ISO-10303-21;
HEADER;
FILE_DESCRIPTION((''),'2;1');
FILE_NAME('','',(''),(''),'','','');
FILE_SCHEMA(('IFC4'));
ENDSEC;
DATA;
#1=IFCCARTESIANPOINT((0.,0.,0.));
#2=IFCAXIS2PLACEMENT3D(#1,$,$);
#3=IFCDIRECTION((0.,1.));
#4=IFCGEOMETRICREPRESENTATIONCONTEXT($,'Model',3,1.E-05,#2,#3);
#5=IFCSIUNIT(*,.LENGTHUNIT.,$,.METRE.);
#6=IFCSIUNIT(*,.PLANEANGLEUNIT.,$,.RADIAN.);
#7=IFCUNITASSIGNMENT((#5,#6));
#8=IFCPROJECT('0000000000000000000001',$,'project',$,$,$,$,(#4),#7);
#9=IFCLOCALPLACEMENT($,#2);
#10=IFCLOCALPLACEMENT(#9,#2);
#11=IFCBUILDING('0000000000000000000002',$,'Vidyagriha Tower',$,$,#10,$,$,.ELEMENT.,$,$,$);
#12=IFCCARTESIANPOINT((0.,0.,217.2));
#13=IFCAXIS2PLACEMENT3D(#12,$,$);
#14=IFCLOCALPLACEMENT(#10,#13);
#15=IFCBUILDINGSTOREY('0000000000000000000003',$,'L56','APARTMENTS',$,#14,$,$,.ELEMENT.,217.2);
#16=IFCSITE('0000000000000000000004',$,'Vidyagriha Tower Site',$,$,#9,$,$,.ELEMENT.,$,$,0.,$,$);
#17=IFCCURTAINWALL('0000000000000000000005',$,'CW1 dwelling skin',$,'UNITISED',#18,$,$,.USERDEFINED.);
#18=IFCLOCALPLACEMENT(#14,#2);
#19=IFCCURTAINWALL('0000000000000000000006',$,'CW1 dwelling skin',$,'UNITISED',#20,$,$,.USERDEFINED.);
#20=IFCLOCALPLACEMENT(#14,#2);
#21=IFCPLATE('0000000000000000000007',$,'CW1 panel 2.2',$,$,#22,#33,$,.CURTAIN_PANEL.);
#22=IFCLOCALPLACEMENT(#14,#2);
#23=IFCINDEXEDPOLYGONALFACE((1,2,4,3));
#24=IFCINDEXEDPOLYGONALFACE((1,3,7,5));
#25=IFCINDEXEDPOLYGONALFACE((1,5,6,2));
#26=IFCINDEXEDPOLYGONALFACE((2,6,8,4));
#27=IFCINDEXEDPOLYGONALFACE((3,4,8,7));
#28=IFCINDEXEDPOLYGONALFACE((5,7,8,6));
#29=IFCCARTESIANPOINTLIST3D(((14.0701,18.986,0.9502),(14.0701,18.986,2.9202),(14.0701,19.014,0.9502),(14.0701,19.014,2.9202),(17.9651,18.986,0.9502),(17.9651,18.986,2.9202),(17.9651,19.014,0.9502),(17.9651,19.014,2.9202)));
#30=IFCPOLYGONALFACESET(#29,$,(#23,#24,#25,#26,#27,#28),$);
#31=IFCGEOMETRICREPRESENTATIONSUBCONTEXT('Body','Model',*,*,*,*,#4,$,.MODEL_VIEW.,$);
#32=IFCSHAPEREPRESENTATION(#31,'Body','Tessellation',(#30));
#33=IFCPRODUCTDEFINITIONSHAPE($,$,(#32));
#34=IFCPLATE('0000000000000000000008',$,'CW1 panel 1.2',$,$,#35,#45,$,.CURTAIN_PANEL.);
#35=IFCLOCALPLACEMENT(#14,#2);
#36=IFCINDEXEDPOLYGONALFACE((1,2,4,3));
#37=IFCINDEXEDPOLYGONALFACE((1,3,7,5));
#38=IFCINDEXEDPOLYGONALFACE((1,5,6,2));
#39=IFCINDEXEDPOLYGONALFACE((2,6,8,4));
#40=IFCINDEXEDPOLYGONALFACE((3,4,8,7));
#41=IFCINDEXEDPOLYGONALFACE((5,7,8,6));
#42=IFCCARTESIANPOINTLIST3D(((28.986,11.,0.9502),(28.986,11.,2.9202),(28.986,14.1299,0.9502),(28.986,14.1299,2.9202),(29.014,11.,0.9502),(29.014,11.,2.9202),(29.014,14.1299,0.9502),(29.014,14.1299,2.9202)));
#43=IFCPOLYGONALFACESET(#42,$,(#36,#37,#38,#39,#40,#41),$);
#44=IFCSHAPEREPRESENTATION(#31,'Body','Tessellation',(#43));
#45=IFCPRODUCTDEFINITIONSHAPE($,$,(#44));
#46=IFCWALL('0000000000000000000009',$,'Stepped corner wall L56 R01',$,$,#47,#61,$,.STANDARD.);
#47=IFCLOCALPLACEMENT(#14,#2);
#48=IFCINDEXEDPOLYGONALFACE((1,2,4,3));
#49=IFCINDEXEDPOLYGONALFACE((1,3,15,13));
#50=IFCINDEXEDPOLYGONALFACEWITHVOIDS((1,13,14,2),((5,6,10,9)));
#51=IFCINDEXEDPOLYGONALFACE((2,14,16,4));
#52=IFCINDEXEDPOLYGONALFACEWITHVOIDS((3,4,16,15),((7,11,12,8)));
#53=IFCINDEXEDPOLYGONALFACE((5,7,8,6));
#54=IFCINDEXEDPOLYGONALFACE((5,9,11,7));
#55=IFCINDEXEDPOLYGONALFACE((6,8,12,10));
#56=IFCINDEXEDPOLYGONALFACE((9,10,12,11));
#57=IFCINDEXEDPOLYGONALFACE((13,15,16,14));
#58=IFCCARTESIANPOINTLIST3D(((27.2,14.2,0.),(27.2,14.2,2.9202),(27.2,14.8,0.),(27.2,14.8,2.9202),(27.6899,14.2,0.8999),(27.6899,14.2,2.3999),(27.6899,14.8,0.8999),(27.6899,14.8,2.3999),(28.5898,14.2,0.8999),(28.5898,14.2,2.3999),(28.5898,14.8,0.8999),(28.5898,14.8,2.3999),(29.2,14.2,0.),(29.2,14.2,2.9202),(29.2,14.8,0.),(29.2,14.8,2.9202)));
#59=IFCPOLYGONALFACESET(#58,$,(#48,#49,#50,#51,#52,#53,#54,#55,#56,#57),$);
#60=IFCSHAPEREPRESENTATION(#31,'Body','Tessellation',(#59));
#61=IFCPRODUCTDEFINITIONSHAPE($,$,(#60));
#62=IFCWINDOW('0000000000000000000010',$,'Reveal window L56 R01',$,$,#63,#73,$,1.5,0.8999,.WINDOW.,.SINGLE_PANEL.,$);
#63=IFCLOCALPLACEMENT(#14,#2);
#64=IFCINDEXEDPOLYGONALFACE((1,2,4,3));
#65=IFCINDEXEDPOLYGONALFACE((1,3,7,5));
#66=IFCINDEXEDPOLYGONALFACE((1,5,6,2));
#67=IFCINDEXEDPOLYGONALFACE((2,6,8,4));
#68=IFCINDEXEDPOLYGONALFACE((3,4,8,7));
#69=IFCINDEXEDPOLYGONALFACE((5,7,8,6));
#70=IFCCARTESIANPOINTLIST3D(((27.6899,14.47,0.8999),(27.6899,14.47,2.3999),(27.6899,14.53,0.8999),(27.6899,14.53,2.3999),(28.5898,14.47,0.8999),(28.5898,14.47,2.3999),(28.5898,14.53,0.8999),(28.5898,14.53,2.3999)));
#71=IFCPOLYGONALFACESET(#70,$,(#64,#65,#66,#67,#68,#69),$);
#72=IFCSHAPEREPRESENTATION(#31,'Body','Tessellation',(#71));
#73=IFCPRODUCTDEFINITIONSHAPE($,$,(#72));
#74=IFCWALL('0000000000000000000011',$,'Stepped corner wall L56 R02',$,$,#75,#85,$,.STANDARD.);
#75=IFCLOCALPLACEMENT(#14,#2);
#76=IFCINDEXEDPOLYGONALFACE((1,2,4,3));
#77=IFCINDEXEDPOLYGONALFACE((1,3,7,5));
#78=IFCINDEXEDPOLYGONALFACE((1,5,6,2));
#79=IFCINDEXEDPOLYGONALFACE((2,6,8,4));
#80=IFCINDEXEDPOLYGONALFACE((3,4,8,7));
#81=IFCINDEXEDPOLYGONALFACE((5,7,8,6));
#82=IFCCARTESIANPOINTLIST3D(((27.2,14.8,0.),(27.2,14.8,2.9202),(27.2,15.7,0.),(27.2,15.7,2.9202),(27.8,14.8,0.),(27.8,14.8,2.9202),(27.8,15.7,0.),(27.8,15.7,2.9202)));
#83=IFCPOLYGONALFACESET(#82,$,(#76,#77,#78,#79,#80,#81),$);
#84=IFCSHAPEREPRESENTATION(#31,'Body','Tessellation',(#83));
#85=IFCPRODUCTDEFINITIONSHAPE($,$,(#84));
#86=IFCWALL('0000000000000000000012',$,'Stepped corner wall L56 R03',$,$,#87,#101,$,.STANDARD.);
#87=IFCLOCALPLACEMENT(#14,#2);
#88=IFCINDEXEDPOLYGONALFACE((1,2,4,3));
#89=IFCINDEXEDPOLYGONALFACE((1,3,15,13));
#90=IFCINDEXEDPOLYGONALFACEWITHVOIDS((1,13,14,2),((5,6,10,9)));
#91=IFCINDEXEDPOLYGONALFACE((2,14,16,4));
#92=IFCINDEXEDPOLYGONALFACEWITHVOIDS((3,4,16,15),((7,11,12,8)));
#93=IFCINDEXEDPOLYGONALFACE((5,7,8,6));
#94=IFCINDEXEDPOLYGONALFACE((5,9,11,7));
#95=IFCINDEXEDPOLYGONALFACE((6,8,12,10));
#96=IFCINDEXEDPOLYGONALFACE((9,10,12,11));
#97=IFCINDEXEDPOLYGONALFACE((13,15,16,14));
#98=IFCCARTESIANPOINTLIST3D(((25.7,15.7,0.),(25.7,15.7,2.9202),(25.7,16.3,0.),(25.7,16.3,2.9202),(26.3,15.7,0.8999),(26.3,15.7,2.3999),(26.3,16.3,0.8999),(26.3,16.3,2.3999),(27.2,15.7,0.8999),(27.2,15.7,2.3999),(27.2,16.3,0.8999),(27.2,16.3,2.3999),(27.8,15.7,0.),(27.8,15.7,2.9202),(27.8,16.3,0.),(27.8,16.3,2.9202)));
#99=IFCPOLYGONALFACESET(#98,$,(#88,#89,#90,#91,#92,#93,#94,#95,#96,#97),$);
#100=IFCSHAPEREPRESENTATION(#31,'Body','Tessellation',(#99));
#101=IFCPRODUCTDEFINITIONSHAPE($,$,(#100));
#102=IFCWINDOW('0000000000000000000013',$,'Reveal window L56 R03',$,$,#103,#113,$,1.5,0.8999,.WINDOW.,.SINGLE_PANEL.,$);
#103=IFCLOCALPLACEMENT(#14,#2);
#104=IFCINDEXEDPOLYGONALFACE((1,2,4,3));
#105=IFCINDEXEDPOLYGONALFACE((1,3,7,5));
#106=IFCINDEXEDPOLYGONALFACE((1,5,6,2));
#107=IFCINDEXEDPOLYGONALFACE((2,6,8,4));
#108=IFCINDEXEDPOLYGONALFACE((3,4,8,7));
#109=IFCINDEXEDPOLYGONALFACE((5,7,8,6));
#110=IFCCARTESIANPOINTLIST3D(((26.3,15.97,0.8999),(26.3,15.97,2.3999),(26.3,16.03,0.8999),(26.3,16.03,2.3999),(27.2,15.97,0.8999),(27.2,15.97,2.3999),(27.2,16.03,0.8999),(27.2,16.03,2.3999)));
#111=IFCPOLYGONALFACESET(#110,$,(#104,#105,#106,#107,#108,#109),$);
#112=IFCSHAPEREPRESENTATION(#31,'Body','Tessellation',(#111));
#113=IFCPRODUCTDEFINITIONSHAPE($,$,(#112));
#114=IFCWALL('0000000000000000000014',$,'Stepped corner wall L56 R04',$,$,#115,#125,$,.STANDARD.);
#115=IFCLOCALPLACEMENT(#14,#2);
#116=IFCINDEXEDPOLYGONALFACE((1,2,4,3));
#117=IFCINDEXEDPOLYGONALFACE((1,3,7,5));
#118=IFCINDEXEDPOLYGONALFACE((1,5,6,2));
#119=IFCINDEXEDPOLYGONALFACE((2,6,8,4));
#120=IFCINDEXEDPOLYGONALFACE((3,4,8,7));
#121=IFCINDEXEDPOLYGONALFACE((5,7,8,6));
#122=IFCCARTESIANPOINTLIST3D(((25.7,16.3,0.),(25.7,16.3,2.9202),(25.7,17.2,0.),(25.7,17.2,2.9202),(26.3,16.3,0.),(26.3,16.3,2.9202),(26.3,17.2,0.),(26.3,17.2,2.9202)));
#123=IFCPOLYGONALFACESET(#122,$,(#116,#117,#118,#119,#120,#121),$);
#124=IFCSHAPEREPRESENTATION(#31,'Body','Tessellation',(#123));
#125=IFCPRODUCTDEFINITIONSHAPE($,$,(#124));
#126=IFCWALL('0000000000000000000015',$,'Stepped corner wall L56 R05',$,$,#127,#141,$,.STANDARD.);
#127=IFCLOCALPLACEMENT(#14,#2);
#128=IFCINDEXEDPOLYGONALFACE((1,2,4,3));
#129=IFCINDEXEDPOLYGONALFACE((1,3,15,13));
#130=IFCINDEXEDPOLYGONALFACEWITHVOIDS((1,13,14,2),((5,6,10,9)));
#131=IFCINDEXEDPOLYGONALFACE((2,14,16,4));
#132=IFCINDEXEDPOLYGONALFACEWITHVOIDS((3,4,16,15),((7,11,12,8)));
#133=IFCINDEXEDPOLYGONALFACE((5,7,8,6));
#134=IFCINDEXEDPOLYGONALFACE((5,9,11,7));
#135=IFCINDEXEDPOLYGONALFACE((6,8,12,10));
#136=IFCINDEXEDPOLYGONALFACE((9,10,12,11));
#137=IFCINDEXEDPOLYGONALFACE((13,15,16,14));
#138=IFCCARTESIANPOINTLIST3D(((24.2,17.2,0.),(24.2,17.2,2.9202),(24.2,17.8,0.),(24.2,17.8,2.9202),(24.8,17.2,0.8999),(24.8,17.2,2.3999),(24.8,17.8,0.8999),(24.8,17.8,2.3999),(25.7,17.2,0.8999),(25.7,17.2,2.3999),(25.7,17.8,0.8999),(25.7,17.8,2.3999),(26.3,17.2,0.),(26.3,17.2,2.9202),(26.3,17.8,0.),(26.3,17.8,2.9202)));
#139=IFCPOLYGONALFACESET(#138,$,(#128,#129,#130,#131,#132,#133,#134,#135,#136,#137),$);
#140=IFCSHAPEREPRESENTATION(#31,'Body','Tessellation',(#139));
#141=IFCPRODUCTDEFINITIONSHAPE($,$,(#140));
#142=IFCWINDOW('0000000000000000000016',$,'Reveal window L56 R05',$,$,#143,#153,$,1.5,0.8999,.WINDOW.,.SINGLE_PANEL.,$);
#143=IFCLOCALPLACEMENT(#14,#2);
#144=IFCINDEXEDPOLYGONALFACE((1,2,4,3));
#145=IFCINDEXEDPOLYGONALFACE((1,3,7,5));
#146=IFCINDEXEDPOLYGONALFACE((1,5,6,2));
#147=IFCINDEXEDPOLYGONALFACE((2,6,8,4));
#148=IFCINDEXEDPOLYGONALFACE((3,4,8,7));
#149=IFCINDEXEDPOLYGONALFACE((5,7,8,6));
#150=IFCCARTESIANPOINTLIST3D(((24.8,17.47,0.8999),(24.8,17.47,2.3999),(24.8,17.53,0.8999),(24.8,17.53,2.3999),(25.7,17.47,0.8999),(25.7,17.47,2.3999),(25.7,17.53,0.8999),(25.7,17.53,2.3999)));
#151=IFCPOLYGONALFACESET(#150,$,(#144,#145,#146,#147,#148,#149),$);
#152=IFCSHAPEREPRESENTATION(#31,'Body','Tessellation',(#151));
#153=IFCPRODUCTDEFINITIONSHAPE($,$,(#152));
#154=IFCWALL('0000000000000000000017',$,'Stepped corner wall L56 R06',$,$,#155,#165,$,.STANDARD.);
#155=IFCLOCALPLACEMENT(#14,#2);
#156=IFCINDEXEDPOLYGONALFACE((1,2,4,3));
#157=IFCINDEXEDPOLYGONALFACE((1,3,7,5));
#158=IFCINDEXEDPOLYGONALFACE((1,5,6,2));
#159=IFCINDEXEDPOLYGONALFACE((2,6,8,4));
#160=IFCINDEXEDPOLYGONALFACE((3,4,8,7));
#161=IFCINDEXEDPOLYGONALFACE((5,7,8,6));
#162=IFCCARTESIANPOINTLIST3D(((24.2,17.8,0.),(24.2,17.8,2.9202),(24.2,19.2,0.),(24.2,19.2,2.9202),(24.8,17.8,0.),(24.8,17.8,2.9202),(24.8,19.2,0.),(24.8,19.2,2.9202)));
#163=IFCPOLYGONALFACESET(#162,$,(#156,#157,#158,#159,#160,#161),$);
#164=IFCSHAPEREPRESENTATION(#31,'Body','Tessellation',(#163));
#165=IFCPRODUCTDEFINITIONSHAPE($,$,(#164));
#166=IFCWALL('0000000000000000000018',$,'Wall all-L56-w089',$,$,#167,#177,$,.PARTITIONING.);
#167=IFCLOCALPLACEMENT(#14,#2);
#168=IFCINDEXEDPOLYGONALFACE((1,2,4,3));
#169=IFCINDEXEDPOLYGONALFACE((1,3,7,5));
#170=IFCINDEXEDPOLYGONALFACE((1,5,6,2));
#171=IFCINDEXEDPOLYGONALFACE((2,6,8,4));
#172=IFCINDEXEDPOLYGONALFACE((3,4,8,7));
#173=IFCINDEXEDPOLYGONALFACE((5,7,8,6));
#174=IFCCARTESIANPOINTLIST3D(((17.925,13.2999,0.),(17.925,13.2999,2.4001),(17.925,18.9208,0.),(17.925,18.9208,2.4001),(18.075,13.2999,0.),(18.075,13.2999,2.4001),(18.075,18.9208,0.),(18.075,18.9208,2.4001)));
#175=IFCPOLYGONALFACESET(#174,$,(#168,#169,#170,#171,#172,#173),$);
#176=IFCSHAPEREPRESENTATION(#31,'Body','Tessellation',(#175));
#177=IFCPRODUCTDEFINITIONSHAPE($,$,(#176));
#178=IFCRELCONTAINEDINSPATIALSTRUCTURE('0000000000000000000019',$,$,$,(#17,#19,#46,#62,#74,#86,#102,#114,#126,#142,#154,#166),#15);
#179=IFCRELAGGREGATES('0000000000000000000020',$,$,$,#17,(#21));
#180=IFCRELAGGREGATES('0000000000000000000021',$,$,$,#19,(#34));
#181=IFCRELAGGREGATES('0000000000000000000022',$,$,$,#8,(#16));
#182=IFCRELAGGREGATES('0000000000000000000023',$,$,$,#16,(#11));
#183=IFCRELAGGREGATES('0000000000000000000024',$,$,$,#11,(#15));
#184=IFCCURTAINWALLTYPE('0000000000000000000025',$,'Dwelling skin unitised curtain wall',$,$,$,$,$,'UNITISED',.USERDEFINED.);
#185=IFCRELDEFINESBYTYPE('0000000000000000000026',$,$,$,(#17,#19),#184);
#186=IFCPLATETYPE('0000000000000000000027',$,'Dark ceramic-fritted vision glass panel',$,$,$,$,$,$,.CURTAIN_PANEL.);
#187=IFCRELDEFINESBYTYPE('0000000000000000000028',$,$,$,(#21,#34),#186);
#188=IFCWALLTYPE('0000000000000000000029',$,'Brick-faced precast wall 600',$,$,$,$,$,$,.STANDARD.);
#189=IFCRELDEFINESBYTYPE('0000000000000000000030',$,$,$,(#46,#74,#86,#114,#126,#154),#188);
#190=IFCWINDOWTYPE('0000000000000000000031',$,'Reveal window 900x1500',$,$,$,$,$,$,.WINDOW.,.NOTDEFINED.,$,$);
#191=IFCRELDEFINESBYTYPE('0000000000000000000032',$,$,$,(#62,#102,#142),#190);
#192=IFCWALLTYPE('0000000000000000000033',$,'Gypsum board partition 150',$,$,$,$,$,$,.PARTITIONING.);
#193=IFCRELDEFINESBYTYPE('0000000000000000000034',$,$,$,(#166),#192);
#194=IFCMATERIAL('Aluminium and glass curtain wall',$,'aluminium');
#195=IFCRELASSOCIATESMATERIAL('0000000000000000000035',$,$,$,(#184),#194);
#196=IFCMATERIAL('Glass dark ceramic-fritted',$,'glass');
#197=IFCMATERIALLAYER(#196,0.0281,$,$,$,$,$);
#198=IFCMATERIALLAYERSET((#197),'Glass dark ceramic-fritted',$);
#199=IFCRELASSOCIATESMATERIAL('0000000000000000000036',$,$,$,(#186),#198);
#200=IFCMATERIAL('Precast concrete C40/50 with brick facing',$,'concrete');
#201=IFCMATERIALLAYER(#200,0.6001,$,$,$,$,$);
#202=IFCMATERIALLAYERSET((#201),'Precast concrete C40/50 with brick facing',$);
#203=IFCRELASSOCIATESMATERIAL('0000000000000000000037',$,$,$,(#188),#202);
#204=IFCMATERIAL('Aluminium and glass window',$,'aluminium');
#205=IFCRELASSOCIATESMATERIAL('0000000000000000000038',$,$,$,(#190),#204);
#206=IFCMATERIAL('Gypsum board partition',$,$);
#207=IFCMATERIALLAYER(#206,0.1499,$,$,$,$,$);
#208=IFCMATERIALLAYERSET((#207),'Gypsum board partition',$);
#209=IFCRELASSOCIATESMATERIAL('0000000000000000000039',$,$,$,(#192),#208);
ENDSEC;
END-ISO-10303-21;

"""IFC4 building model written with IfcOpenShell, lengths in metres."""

from ifc_helpers import new_model, si_unit, direction, frame, frame_2d, origin, origin_2d, place, context, subcontext, project, spatial, rectangle, extrude, material, layer, layer_set, type_object, element, fill, aggregate, save


model = new_model("IFC4")

# Units and contexts
model_context = context("Model", 3, precision=1e-05, world=origin(), true_north=direction((0.0, 1.0)))
body_context = subcontext(model_context, "Body", "Model", "MODEL_VIEW")
ifc_project = project(units=[si_unit("LENGTHUNIT", "METRE"), si_unit("PLANEANGLEUNIT", "RADIAN")], contexts=[model_context])

# Site, building, storey
site_placement = place(None, origin())
site = spatial("IfcSite", under=ifc_project, at=site_placement, Name="Vidyagriha Tower Site", CompositionType="ELEMENT", RefElevation=0.0)
building_placement = place(site_placement, origin())
building = spatial("IfcBuilding", under=site, at=building_placement, Name="Vidyagriha Tower", CompositionType="ELEMENT")
storey_placement = place(building_placement, frame((0.0, 0.0, 217.2)))
storey = spatial("IfcBuildingStorey", under=building, at=storey_placement, Name="L56", Description="APARTMENTS", CompositionType="ELEMENT", Elevation=217.2)

# Curtain wall
ifc_material_1 = material(Name="Aluminium and glass curtain wall", Category="aluminium")
curtain_wall_type = type_object("IfcCurtainWallType", Name="Dwelling skin unitised curtain wall", ElementType="UNITISED", PredefinedType="USERDEFINED", material=ifc_material_1)
curtain_wall_1_placement = place(storey_placement, origin())
curtain_wall_1 = element("IfcCurtainWall", 1, at=curtain_wall_1_placement, inside=storey, type_object=curtain_wall_type, Name="CW1 dwelling skin", ObjectType="UNITISED", PredefinedType="USERDEFINED")

# Curtain wall
curtain_wall_2_placement = place(storey_placement, origin())
curtain_wall_2 = element("IfcCurtainWall", 2, at=curtain_wall_2_placement, inside=storey, type_object=curtain_wall_type, Name="CW1 dwelling skin", ObjectType="UNITISED", PredefinedType="USERDEFINED")

# Plates
ifc_material_2 = material(Name="Glass dark ceramic-fritted", Category="glass")
ifc_layer_1 = layer(ifc_material_2, 0.0281)
ifc_layer_set_1 = layer_set([ifc_layer_1], Name="Glass dark ceramic-fritted")
plate_type_1 = type_object("IfcPlateType", Name="Dark ceramic-fritted vision glass panel", PredefinedType="CURTAIN_PANEL", material=ifc_layer_set_1)
plate_1_placement = place(storey_placement, frame((16.0176, 19.0, 0.9502), z_axis=(0.0, 0.0, 1.0), x_axis=(-1.0, 0.0, 0.0)))
plate_1 = element("IfcPlate", 3, at=plate_1_placement, type_object=plate_type_1, Name="CW1 panel 2.2", PredefinedType="CURTAIN_PANEL", context=body_context, shape_type="SweptSolid", body=[
    extrude(rectangle(XDim=3.895, YDim=0.0281, at=origin_2d()), origin(), (0.0, 0.0, 1.0), 1.97),
])
aggregate(curtain_wall_1, [plate_1])
plate_2_placement = place(storey_placement, frame((29.0, 12.5649, 0.9502), z_axis=(0.0, 0.0, 1.0), x_axis=(0.0, 1.0, 0.0)))
plate_2 = element("IfcPlate", 4, at=plate_2_placement, type_object=plate_type_1, Name="CW1 panel 1.2", PredefinedType="CURTAIN_PANEL", context=body_context, shape_type="SweptSolid", body=[
    extrude(rectangle(XDim=3.1299, YDim=0.0281, at=origin_2d()), origin(), (0.0, 0.0, 1.0), 1.97),
])
aggregate(curtain_wall_2, [plate_2])

# Wall, opening, window
ifc_material_3 = material(Name="Precast concrete C40/50 with brick facing", Category="concrete")
ifc_layer_2 = layer(ifc_material_3, 0.6001)
ifc_layer_set_2 = layer_set([ifc_layer_2], Name="Precast concrete C40/50 with brick facing")
wall_type_1 = type_object("IfcWallType", Name="Brick-faced precast wall 600", PredefinedType="STANDARD", material=ifc_layer_set_2)
wall_1_placement = place(storey_placement, frame((29.2, 14.5, 0.0), z_axis=(0.0, 0.0, 1.0), x_axis=(-1.0, 0.0, 0.0)))
wall_1 = element("IfcWall", 5, at=wall_1_placement, inside=storey, type_object=wall_type_1, Name="Stepped corner wall L56 R01", PredefinedType="STANDARD", context=body_context, shape_type="SweptSolid", body=[
    extrude(rectangle(XDim=2.0, YDim=0.6001, at=frame_2d((1.0, 0.0))), origin(), (0.0, 0.0, 1.0), 2.9202),
])
opening_1_placement = place(wall_1_placement, frame((0.6101, 0.0, 0.8999)))
opening_1 = element("IfcOpeningElement", 6, at=opening_1_placement, cuts=wall_1, PredefinedType="OPENING", context=body_context, shape_type="SweptSolid", body=[
    extrude(rectangle(XDim=0.8999, YDim=1.5, at=frame_2d((0.45, 0.75))), frame((0.0, 0.3101, 0.0), z_axis=(0.0, -1.0, 0.0), x_axis=(1.0, 0.0, 0.0)), (0.0, 0.0, 1.0), 0.6201),
])
ifc_material_4 = material(Name="Aluminium and glass window", Category="aluminium")
window_type = type_object("IfcWindowType", Name="Reveal window 900x1500", PartitioningType="NOTDEFINED", PredefinedType="WINDOW", material=ifc_material_4)
window_1_placement = place(opening_1_placement, origin())
window_1 = element("IfcWindow", 7, at=window_1_placement, inside=storey, type_object=window_type, Name="Reveal window L56 R01", OverallHeight=1.5, OverallWidth=0.8999, PartitioningType="SINGLE_PANEL", PredefinedType="WINDOW", context=body_context, shape_type="SweptSolid", body=[
    extrude(rectangle(XDim=0.8999, YDim=1.5, at=frame_2d((0.45, 0.75))), frame((0.0, 0.03, 0.0), z_axis=(0.0, -1.0, 0.0), x_axis=(1.0, 0.0, 0.0)), (0.0, 0.0, 1.0), 0.0601),
])
fill(opening_1, window_1)

# Wall
wall_2_placement = place(storey_placement, frame((27.5, 14.8, 0.0), z_axis=(0.0, 0.0, 1.0), x_axis=(0.0, 1.0, 0.0)))
element("IfcWall", 8, at=wall_2_placement, inside=storey, type_object=wall_type_1, Name="Stepped corner wall L56 R02", PredefinedType="STANDARD", context=body_context, shape_type="SweptSolid", body=[
    extrude(rectangle(XDim=0.8999, YDim=0.6001, at=frame_2d((0.45, 0.0))), origin(), (0.0, 0.0, 1.0), 2.9202),
])

# Wall, opening, window
wall_3_placement = place(storey_placement, frame((27.8, 16.0, 0.0), z_axis=(0.0, 0.0, 1.0), x_axis=(-1.0, 0.0, 0.0)))
wall_3 = element("IfcWall", 9, at=wall_3_placement, inside=storey, type_object=wall_type_1, Name="Stepped corner wall L56 R03", PredefinedType="STANDARD", context=body_context, shape_type="SweptSolid", body=[
    extrude(rectangle(XDim=2.1001, YDim=0.6001, at=frame_2d((1.05, 0.0))), origin(), (0.0, 0.0, 1.0), 2.9202),
])
opening_2_placement = place(wall_3_placement, frame((0.6001, 0.0, 0.8999)))
opening_2 = element("IfcOpeningElement", 10, at=opening_2_placement, cuts=wall_3, PredefinedType="OPENING", context=body_context, shape_type="SweptSolid", body=[
    extrude(rectangle(XDim=0.8999, YDim=1.5, at=frame_2d((0.45, 0.75))), frame((0.0, 0.3101, 0.0), z_axis=(0.0, -1.0, 0.0), x_axis=(1.0, 0.0, 0.0)), (0.0, 0.0, 1.0), 0.6201),
])
window_2_placement = place(opening_2_placement, origin())
window_2 = element("IfcWindow", 11, at=window_2_placement, inside=storey, type_object=window_type, Name="Reveal window L56 R03", OverallHeight=1.5, OverallWidth=0.8999, PartitioningType="SINGLE_PANEL", PredefinedType="WINDOW", context=body_context, shape_type="SweptSolid", body=[
    extrude(rectangle(XDim=0.8999, YDim=1.5, at=frame_2d((0.45, 0.75))), frame((0.0, 0.03, 0.0), z_axis=(0.0, -1.0, 0.0), x_axis=(1.0, 0.0, 0.0)), (0.0, 0.0, 1.0), 0.0601),
])
fill(opening_2, window_2)

# Wall
wall_4_placement = place(storey_placement, frame((26.0, 16.3, 0.0), z_axis=(0.0, 0.0, 1.0), x_axis=(0.0, 1.0, 0.0)))
element("IfcWall", 12, at=wall_4_placement, inside=storey, type_object=wall_type_1, Name="Stepped corner wall L56 R04", PredefinedType="STANDARD", context=body_context, shape_type="SweptSolid", body=[
    extrude(rectangle(XDim=0.8999, YDim=0.6001, at=frame_2d((0.45, 0.0))), origin(), (0.0, 0.0, 1.0), 2.9202),
])

# Wall, opening, window
wall_5_placement = place(storey_placement, frame((26.3, 17.5, 0.0), z_axis=(0.0, 0.0, 1.0), x_axis=(-1.0, 0.0, 0.0)))
wall_5 = element("IfcWall", 13, at=wall_5_placement, inside=storey, type_object=wall_type_1, Name="Stepped corner wall L56 R05", PredefinedType="STANDARD", context=body_context, shape_type="SweptSolid", body=[
    extrude(rectangle(XDim=2.1001, YDim=0.6001, at=frame_2d((1.05, 0.0))), origin(), (0.0, 0.0, 1.0), 2.9202),
])
opening_3_placement = place(wall_5_placement, frame((0.6001, 0.0, 0.8999)))
opening_3 = element("IfcOpeningElement", 14, at=opening_3_placement, cuts=wall_5, PredefinedType="OPENING", context=body_context, shape_type="SweptSolid", body=[
    extrude(rectangle(XDim=0.8999, YDim=1.5, at=frame_2d((0.45, 0.75))), frame((0.0, 0.3101, 0.0), z_axis=(0.0, -1.0, 0.0), x_axis=(1.0, 0.0, 0.0)), (0.0, 0.0, 1.0), 0.6201),
])
window_3_placement = place(opening_3_placement, origin())
window_3 = element("IfcWindow", 15, at=window_3_placement, inside=storey, type_object=window_type, Name="Reveal window L56 R05", OverallHeight=1.5, OverallWidth=0.8999, PartitioningType="SINGLE_PANEL", PredefinedType="WINDOW", context=body_context, shape_type="SweptSolid", body=[
    extrude(rectangle(XDim=0.8999, YDim=1.5, at=frame_2d((0.45, 0.75))), frame((0.0, 0.03, 0.0), z_axis=(0.0, -1.0, 0.0), x_axis=(1.0, 0.0, 0.0)), (0.0, 0.0, 1.0), 0.0601),
])
fill(opening_3, window_3)

# Walls
wall_6_placement = place(storey_placement, frame((24.5, 17.8, 0.0), z_axis=(0.0, 0.0, 1.0), x_axis=(0.0, 1.0, 0.0)))
element("IfcWall", 16, at=wall_6_placement, inside=storey, type_object=wall_type_1, Name="Stepped corner wall L56 R06", PredefinedType="STANDARD", context=body_context, shape_type="SweptSolid", body=[
    extrude(rectangle(XDim=1.3999, YDim=0.6001, at=frame_2d((0.7, 0.0))), origin(), (0.0, 0.0, 1.0), 2.9202),
])
ifc_material_5 = material(Name="Gypsum board partition")
ifc_layer_3 = layer(ifc_material_5, 0.1499)
ifc_layer_set_3 = layer_set([ifc_layer_3], Name="Gypsum board partition")
wall_type_2 = type_object("IfcWallType", Name="Gypsum board partition 150", PredefinedType="PARTITIONING", material=ifc_layer_set_3)
wall_7_placement = place(storey_placement, frame((18.0, 18.9209, 0.0), z_axis=(0.0, 0.0, 1.0), x_axis=(0.0, -1.0, 0.0)))
element("IfcWall", 17, at=wall_7_placement, inside=storey, type_object=wall_type_2, Name="Wall all-L56-w089", PredefinedType="PARTITIONING", context=body_context, shape_type="SweptSolid", body=[
    extrude(rectangle(XDim=5.6208, YDim=0.1499, at=frame_2d((2.8105, 0.0))), origin(), (0.0, 0.0, 1.0), 2.4001),
])

save(model, "model.ifc")
